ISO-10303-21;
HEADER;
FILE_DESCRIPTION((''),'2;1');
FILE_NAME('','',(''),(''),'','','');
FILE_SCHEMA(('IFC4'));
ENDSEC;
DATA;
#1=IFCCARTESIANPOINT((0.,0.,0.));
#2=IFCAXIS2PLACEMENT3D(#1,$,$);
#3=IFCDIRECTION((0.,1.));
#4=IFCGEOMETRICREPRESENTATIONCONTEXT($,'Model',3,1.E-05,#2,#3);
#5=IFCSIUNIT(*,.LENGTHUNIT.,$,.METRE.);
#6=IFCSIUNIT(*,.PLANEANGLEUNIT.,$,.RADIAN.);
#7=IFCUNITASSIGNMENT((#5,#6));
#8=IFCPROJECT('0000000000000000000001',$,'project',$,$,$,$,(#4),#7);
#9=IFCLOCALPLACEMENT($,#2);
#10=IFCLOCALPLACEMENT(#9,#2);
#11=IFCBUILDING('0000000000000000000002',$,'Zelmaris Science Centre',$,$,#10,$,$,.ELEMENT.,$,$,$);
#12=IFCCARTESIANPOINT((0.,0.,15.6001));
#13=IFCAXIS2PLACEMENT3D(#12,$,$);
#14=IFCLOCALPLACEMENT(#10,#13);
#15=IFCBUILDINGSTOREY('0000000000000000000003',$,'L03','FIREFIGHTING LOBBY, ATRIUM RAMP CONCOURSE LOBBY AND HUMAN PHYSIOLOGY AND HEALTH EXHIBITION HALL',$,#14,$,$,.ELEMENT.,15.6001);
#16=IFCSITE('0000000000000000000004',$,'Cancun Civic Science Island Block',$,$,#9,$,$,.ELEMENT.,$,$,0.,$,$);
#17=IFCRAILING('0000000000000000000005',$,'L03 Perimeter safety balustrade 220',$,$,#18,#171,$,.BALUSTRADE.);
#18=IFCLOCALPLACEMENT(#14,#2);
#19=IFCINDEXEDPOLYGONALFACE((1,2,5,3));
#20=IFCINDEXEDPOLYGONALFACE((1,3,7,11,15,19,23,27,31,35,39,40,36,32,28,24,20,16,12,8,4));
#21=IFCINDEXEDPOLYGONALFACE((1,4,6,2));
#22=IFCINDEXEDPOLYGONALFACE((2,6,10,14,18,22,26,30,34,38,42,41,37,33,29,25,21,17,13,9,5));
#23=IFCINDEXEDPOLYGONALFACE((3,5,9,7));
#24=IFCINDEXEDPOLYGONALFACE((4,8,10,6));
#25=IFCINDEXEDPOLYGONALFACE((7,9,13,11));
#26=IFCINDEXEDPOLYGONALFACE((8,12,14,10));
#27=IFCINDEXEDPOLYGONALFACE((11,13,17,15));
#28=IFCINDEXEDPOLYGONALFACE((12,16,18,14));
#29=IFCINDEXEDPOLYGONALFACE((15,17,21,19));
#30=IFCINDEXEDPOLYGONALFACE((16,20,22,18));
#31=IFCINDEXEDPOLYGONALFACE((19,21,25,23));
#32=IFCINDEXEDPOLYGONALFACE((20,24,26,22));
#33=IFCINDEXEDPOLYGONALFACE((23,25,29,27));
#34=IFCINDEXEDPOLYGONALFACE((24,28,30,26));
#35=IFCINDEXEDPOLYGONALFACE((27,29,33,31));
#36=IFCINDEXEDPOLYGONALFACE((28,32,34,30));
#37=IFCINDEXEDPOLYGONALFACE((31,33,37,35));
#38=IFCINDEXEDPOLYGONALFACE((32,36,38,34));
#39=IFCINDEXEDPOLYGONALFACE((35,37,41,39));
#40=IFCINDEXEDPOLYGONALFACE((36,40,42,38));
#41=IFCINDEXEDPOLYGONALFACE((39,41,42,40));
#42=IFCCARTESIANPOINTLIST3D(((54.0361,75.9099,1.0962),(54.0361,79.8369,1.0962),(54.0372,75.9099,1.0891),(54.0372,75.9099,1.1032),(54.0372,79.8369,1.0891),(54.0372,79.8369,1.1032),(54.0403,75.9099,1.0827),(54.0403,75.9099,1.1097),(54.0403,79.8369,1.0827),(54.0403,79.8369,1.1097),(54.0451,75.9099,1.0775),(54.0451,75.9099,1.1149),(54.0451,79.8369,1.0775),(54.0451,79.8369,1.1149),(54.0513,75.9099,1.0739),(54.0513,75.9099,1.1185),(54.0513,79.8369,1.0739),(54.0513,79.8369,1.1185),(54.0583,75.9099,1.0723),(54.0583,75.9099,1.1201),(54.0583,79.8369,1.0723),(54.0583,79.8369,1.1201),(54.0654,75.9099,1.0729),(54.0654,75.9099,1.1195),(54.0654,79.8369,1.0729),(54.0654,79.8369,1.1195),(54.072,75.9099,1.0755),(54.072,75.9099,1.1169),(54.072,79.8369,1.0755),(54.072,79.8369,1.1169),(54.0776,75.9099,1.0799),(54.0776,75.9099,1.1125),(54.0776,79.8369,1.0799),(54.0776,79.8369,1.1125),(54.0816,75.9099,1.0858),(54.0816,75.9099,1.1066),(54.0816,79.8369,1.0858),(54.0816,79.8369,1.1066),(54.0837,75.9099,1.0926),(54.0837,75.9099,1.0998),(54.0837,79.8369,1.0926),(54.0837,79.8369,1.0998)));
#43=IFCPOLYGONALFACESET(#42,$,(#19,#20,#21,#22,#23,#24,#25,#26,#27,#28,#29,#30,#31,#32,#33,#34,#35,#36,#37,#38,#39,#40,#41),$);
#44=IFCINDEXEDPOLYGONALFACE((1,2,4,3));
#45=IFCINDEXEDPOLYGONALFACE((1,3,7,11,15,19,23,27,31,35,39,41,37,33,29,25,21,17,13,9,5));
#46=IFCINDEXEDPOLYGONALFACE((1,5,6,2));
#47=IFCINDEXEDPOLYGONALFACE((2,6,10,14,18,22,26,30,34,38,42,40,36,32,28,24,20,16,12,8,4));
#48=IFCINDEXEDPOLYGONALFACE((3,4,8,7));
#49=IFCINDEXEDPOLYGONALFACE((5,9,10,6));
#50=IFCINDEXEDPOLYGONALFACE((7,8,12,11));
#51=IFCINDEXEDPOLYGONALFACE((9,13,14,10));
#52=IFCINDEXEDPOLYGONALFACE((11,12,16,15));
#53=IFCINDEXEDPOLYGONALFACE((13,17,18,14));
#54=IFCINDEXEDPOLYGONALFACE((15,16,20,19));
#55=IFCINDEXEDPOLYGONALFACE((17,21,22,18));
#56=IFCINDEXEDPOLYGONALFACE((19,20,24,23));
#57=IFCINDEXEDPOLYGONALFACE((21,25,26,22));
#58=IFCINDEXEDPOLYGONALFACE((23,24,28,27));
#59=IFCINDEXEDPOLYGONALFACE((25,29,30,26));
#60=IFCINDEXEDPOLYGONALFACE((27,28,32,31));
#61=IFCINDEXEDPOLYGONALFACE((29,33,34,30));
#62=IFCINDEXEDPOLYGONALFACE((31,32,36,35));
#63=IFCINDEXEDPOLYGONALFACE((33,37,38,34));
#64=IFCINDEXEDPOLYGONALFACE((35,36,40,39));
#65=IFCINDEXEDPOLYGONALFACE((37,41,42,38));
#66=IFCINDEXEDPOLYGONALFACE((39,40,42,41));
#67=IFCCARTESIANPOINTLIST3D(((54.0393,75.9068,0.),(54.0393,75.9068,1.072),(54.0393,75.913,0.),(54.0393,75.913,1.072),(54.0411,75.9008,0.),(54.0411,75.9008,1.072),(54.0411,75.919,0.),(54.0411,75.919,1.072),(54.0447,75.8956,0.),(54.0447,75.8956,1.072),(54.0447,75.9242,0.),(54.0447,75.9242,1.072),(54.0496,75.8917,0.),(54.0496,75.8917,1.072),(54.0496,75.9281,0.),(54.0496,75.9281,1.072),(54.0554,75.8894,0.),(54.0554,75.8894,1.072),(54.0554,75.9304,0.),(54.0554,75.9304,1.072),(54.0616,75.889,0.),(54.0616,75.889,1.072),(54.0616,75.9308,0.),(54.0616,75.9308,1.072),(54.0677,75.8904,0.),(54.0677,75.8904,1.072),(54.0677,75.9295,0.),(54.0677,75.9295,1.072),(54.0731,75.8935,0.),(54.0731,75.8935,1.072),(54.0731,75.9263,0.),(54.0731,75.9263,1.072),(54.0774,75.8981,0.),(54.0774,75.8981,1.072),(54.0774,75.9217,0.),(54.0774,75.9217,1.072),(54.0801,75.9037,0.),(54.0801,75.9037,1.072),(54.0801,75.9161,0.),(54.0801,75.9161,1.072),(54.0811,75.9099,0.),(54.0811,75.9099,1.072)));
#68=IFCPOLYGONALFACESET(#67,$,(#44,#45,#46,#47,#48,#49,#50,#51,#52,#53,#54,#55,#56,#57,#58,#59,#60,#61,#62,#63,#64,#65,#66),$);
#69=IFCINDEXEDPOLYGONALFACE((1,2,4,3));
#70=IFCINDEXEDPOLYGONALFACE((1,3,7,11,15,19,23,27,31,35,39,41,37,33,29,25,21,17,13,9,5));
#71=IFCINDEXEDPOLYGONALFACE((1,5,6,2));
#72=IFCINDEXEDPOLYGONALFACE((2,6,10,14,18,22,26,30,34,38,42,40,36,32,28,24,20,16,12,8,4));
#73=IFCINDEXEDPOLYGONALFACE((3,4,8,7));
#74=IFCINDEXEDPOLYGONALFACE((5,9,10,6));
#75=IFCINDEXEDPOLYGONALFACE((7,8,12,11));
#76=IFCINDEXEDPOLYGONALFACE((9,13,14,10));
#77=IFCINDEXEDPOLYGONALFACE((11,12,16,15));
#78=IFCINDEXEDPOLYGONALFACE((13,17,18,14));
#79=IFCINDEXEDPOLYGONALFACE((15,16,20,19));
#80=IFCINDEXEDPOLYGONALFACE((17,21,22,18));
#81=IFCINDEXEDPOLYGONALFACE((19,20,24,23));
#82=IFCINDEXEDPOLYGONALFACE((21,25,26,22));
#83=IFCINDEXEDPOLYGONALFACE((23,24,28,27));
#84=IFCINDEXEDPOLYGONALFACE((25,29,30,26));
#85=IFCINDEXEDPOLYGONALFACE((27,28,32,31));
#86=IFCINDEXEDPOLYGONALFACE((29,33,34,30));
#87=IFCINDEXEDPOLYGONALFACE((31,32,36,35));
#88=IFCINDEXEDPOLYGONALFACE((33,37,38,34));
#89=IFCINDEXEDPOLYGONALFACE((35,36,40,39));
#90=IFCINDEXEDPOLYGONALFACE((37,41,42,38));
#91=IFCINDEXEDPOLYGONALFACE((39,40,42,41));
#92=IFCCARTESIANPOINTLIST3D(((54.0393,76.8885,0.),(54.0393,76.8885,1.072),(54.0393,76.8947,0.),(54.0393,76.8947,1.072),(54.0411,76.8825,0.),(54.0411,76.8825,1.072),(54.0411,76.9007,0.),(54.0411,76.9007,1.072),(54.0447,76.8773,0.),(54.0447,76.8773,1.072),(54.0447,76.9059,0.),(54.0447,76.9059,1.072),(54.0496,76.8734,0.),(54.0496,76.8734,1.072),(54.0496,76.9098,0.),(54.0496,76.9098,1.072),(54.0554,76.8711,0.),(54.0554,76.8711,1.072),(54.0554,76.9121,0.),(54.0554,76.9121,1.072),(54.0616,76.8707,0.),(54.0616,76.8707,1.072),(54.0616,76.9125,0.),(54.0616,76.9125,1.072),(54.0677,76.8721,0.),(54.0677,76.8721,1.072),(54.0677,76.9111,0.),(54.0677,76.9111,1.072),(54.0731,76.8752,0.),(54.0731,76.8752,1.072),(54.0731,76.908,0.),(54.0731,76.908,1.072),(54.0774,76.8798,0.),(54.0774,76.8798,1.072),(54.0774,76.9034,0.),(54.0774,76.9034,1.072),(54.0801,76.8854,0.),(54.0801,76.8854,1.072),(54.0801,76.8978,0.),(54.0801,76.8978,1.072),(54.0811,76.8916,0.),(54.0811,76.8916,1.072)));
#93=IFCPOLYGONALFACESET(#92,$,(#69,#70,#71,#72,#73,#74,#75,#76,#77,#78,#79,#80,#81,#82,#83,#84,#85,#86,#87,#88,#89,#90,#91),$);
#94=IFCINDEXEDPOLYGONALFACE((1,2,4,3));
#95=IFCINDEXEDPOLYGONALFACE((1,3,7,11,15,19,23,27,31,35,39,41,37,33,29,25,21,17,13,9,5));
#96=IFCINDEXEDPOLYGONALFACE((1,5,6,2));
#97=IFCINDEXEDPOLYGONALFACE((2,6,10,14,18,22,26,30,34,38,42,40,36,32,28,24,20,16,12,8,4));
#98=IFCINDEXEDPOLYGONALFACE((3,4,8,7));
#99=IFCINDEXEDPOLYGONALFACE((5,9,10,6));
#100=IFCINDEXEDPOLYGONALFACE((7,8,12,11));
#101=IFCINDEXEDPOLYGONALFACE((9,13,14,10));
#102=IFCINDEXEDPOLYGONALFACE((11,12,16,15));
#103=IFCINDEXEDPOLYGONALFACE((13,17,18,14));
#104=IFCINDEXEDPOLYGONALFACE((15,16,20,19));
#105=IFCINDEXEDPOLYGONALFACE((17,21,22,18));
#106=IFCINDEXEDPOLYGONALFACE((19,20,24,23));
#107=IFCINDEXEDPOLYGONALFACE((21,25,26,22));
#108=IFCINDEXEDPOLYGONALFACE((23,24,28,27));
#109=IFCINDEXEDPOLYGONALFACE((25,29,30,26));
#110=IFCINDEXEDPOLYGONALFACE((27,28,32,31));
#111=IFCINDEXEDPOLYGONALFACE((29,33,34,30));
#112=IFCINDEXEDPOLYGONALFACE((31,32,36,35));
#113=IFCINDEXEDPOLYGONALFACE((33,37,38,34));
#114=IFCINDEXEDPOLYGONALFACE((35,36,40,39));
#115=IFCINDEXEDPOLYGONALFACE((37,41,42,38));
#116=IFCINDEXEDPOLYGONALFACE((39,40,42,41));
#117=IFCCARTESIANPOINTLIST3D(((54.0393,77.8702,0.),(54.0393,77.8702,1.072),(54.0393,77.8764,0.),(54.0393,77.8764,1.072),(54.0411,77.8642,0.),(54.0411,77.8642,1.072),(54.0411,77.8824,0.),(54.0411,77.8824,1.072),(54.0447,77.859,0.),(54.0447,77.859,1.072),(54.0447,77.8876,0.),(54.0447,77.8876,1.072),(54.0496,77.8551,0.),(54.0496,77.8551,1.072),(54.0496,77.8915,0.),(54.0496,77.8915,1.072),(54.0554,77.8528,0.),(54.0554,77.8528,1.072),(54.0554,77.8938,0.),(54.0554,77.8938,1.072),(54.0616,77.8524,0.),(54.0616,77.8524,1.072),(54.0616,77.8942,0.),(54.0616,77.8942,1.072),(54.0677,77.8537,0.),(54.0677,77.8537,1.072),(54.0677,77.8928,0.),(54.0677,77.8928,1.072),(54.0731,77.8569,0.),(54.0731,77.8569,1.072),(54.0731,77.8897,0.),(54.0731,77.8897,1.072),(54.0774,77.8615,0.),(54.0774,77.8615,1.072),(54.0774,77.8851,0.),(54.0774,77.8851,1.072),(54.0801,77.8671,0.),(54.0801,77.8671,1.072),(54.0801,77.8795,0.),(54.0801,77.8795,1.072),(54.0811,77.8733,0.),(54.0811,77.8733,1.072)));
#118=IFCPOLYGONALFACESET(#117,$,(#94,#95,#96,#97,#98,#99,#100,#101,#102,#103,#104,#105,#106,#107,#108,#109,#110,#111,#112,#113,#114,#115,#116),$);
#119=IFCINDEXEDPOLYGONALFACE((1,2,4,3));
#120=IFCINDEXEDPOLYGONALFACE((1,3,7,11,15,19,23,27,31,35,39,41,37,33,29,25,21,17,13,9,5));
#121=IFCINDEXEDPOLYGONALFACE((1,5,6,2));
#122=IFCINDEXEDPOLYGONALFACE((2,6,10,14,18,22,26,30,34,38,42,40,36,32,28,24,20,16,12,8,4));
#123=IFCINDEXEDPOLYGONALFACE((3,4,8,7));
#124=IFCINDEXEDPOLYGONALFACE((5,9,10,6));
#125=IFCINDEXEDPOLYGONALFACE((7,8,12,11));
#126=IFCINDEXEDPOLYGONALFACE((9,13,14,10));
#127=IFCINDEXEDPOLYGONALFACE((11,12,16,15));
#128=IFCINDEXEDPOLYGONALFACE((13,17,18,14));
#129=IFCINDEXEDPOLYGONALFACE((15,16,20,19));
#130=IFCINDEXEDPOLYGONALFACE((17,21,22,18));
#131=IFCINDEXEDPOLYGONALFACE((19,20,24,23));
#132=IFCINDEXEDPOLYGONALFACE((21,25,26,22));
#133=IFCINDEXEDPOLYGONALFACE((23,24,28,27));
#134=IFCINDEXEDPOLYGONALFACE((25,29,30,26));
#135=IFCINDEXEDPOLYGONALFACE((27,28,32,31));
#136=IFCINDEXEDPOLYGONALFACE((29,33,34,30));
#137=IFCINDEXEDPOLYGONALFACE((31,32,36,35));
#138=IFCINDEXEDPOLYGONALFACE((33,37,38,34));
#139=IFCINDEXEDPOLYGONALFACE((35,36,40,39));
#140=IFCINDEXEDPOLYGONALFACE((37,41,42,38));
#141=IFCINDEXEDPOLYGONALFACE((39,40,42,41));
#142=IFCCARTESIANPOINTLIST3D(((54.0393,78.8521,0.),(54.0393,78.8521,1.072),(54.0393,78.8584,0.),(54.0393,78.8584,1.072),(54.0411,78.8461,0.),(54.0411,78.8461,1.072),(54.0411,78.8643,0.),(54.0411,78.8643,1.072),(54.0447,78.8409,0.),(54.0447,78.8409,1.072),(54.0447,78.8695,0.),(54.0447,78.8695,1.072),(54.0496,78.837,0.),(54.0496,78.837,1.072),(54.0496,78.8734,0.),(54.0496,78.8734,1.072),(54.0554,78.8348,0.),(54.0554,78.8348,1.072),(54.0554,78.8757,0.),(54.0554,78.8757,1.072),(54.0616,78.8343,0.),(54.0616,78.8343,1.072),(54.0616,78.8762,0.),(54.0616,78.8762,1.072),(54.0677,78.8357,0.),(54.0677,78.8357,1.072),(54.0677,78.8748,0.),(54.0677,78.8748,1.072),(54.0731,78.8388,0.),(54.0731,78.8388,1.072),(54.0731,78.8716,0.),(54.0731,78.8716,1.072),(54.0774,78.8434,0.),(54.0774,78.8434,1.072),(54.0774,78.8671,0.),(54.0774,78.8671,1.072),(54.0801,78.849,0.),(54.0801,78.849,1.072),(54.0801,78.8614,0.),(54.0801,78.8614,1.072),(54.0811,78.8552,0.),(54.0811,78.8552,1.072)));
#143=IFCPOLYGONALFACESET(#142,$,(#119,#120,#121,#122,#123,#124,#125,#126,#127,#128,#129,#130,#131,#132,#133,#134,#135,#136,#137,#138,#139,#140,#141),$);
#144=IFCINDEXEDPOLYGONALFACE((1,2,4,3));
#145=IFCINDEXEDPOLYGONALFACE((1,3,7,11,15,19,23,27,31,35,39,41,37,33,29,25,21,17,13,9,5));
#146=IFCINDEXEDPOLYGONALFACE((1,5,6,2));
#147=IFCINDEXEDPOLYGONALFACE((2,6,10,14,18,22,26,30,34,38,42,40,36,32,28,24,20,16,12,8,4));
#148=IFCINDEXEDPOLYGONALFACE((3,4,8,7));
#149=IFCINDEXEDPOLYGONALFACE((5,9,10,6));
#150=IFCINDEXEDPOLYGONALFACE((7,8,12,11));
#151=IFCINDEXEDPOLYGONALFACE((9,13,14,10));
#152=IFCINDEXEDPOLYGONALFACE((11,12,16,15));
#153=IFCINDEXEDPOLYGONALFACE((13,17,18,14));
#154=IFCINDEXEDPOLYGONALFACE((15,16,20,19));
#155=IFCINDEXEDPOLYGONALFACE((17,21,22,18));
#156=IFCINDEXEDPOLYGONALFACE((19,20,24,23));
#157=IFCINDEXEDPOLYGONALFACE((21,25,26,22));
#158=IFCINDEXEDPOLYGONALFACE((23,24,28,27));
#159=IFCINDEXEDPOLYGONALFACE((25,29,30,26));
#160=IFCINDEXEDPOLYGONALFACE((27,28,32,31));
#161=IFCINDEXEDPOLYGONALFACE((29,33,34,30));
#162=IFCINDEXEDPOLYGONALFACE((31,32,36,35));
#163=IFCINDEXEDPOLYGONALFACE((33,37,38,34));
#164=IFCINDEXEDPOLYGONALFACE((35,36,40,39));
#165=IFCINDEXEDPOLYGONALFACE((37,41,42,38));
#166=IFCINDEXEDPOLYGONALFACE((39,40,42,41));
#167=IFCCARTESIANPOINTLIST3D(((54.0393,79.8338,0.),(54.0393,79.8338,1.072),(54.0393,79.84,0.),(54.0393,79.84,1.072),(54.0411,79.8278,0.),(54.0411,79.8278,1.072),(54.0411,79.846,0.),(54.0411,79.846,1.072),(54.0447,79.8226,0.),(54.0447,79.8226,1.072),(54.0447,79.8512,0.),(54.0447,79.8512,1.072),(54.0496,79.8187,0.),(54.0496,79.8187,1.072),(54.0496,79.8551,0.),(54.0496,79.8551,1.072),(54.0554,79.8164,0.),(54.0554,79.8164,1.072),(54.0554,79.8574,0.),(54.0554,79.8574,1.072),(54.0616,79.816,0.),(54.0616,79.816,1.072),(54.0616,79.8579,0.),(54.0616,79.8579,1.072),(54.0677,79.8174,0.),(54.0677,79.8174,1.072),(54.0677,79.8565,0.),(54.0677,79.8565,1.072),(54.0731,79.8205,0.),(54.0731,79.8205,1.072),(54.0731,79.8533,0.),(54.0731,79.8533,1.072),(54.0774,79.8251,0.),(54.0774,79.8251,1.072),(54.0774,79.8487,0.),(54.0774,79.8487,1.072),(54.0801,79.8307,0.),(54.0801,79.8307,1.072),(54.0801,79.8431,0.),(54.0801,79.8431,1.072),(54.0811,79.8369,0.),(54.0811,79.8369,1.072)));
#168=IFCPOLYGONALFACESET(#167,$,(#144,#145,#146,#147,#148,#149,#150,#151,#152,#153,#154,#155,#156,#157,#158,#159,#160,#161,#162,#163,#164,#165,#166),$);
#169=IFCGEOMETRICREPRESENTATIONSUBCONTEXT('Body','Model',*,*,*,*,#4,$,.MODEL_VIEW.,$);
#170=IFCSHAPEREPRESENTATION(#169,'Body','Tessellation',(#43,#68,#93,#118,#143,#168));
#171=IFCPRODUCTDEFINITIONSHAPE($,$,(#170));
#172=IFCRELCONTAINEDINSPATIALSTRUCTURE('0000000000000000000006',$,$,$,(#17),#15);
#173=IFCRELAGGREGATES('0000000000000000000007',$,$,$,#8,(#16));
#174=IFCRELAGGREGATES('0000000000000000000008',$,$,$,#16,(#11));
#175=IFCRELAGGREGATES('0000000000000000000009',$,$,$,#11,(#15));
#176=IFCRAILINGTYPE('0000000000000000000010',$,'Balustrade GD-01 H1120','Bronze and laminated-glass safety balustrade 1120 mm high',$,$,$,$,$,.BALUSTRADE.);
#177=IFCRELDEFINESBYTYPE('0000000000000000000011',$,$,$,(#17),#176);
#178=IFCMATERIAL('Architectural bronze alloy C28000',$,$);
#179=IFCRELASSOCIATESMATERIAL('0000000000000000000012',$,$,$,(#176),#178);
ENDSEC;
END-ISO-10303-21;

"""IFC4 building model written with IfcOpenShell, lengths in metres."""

from ifc_helpers import new_model, si_unit, direction, frame, origin, origin_2d, place, context, subcontext, project, spatial, circle, extrude, material, type_object, element, save


model = new_model("IFC4")

# Units and contexts
model_context = context("Model", 3, precision=1e-05, world=origin(), true_north=direction((0.0, 1.0)))
body_context = subcontext(model_context, "Body", "Model", "MODEL_VIEW")
ifc_project = project(units=[si_unit("LENGTHUNIT", "METRE"), si_unit("PLANEANGLEUNIT", "RADIAN")], contexts=[model_context])

# Site, building, storey
site_placement = place(None, origin())
site = spatial("IfcSite", under=ifc_project, at=site_placement, Name="Cancun Civic Science Island Block", CompositionType="ELEMENT", RefElevation=0.0)
building_placement = place(site_placement, origin())
building = spatial("IfcBuilding", under=site, at=building_placement, Name="Zelmaris Science Centre", CompositionType="ELEMENT")
storey_placement = place(building_placement, frame((0.0, 0.0, 15.6001)))
storey = spatial("IfcBuildingStorey", under=building, at=storey_placement, Name="L03", Description="FIREFIGHTING LOBBY, ATRIUM RAMP CONCOURSE LOBBY AND HUMAN PHYSIOLOGY AND HEALTH EXHIBITION HALL", CompositionType="ELEMENT", Elevation=15.6001)

# Railing
ifc_material_1 = material(Name="Architectural bronze alloy C28000")
railing_type = type_object("IfcRailingType", Name="Balustrade GD-01 H1120", Description="Bronze and laminated-glass safety balustrade 1120 mm high", PredefinedType="BALUSTRADE", material=ifc_material_1)
railing_placement = place(storey_placement, frame((54.0601, 75.9099, 0.0)))
element("IfcRailing", 1, at=railing_placement, inside=storey, type_object=railing_type, Name="L03 Perimeter safety balustrade 220", PredefinedType="BALUSTRADE", context=body_context, shape_type="SweptSolid", body=[
    extrude(circle(Radius=0.0239, at=origin_2d()), frame((0.0, 0.0, 1.0962), z_axis=(0.0, 1.0, 0.0), x_axis=(-1.0, 0.0, 0.0)), (0.0, 0.0, 1.0), 3.927),
    extrude(circle(Radius=0.021, at=origin_2d()), origin(), (0.0, 0.0, 1.0), 1.072),
    extrude(circle(Radius=0.021, at=origin_2d()), frame((0.0, 0.9817, 0.0)), (0.0, 0.0, 1.0), 1.072),
    extrude(circle(Radius=0.021, at=origin_2d()), frame((0.0, 1.9634, 0.0)), (0.0, 0.0, 1.0), 1.072),
    extrude(circle(Radius=0.021, at=origin_2d()), frame((0.0, 2.9453, 0.0)), (0.0, 0.0, 1.0), 1.072),
    extrude(circle(Radius=0.021, at=origin_2d()), frame((0.0, 3.927, 0.0)), (0.0, 0.0, 1.0), 1.072),
])

save(model, "model.ifc")
